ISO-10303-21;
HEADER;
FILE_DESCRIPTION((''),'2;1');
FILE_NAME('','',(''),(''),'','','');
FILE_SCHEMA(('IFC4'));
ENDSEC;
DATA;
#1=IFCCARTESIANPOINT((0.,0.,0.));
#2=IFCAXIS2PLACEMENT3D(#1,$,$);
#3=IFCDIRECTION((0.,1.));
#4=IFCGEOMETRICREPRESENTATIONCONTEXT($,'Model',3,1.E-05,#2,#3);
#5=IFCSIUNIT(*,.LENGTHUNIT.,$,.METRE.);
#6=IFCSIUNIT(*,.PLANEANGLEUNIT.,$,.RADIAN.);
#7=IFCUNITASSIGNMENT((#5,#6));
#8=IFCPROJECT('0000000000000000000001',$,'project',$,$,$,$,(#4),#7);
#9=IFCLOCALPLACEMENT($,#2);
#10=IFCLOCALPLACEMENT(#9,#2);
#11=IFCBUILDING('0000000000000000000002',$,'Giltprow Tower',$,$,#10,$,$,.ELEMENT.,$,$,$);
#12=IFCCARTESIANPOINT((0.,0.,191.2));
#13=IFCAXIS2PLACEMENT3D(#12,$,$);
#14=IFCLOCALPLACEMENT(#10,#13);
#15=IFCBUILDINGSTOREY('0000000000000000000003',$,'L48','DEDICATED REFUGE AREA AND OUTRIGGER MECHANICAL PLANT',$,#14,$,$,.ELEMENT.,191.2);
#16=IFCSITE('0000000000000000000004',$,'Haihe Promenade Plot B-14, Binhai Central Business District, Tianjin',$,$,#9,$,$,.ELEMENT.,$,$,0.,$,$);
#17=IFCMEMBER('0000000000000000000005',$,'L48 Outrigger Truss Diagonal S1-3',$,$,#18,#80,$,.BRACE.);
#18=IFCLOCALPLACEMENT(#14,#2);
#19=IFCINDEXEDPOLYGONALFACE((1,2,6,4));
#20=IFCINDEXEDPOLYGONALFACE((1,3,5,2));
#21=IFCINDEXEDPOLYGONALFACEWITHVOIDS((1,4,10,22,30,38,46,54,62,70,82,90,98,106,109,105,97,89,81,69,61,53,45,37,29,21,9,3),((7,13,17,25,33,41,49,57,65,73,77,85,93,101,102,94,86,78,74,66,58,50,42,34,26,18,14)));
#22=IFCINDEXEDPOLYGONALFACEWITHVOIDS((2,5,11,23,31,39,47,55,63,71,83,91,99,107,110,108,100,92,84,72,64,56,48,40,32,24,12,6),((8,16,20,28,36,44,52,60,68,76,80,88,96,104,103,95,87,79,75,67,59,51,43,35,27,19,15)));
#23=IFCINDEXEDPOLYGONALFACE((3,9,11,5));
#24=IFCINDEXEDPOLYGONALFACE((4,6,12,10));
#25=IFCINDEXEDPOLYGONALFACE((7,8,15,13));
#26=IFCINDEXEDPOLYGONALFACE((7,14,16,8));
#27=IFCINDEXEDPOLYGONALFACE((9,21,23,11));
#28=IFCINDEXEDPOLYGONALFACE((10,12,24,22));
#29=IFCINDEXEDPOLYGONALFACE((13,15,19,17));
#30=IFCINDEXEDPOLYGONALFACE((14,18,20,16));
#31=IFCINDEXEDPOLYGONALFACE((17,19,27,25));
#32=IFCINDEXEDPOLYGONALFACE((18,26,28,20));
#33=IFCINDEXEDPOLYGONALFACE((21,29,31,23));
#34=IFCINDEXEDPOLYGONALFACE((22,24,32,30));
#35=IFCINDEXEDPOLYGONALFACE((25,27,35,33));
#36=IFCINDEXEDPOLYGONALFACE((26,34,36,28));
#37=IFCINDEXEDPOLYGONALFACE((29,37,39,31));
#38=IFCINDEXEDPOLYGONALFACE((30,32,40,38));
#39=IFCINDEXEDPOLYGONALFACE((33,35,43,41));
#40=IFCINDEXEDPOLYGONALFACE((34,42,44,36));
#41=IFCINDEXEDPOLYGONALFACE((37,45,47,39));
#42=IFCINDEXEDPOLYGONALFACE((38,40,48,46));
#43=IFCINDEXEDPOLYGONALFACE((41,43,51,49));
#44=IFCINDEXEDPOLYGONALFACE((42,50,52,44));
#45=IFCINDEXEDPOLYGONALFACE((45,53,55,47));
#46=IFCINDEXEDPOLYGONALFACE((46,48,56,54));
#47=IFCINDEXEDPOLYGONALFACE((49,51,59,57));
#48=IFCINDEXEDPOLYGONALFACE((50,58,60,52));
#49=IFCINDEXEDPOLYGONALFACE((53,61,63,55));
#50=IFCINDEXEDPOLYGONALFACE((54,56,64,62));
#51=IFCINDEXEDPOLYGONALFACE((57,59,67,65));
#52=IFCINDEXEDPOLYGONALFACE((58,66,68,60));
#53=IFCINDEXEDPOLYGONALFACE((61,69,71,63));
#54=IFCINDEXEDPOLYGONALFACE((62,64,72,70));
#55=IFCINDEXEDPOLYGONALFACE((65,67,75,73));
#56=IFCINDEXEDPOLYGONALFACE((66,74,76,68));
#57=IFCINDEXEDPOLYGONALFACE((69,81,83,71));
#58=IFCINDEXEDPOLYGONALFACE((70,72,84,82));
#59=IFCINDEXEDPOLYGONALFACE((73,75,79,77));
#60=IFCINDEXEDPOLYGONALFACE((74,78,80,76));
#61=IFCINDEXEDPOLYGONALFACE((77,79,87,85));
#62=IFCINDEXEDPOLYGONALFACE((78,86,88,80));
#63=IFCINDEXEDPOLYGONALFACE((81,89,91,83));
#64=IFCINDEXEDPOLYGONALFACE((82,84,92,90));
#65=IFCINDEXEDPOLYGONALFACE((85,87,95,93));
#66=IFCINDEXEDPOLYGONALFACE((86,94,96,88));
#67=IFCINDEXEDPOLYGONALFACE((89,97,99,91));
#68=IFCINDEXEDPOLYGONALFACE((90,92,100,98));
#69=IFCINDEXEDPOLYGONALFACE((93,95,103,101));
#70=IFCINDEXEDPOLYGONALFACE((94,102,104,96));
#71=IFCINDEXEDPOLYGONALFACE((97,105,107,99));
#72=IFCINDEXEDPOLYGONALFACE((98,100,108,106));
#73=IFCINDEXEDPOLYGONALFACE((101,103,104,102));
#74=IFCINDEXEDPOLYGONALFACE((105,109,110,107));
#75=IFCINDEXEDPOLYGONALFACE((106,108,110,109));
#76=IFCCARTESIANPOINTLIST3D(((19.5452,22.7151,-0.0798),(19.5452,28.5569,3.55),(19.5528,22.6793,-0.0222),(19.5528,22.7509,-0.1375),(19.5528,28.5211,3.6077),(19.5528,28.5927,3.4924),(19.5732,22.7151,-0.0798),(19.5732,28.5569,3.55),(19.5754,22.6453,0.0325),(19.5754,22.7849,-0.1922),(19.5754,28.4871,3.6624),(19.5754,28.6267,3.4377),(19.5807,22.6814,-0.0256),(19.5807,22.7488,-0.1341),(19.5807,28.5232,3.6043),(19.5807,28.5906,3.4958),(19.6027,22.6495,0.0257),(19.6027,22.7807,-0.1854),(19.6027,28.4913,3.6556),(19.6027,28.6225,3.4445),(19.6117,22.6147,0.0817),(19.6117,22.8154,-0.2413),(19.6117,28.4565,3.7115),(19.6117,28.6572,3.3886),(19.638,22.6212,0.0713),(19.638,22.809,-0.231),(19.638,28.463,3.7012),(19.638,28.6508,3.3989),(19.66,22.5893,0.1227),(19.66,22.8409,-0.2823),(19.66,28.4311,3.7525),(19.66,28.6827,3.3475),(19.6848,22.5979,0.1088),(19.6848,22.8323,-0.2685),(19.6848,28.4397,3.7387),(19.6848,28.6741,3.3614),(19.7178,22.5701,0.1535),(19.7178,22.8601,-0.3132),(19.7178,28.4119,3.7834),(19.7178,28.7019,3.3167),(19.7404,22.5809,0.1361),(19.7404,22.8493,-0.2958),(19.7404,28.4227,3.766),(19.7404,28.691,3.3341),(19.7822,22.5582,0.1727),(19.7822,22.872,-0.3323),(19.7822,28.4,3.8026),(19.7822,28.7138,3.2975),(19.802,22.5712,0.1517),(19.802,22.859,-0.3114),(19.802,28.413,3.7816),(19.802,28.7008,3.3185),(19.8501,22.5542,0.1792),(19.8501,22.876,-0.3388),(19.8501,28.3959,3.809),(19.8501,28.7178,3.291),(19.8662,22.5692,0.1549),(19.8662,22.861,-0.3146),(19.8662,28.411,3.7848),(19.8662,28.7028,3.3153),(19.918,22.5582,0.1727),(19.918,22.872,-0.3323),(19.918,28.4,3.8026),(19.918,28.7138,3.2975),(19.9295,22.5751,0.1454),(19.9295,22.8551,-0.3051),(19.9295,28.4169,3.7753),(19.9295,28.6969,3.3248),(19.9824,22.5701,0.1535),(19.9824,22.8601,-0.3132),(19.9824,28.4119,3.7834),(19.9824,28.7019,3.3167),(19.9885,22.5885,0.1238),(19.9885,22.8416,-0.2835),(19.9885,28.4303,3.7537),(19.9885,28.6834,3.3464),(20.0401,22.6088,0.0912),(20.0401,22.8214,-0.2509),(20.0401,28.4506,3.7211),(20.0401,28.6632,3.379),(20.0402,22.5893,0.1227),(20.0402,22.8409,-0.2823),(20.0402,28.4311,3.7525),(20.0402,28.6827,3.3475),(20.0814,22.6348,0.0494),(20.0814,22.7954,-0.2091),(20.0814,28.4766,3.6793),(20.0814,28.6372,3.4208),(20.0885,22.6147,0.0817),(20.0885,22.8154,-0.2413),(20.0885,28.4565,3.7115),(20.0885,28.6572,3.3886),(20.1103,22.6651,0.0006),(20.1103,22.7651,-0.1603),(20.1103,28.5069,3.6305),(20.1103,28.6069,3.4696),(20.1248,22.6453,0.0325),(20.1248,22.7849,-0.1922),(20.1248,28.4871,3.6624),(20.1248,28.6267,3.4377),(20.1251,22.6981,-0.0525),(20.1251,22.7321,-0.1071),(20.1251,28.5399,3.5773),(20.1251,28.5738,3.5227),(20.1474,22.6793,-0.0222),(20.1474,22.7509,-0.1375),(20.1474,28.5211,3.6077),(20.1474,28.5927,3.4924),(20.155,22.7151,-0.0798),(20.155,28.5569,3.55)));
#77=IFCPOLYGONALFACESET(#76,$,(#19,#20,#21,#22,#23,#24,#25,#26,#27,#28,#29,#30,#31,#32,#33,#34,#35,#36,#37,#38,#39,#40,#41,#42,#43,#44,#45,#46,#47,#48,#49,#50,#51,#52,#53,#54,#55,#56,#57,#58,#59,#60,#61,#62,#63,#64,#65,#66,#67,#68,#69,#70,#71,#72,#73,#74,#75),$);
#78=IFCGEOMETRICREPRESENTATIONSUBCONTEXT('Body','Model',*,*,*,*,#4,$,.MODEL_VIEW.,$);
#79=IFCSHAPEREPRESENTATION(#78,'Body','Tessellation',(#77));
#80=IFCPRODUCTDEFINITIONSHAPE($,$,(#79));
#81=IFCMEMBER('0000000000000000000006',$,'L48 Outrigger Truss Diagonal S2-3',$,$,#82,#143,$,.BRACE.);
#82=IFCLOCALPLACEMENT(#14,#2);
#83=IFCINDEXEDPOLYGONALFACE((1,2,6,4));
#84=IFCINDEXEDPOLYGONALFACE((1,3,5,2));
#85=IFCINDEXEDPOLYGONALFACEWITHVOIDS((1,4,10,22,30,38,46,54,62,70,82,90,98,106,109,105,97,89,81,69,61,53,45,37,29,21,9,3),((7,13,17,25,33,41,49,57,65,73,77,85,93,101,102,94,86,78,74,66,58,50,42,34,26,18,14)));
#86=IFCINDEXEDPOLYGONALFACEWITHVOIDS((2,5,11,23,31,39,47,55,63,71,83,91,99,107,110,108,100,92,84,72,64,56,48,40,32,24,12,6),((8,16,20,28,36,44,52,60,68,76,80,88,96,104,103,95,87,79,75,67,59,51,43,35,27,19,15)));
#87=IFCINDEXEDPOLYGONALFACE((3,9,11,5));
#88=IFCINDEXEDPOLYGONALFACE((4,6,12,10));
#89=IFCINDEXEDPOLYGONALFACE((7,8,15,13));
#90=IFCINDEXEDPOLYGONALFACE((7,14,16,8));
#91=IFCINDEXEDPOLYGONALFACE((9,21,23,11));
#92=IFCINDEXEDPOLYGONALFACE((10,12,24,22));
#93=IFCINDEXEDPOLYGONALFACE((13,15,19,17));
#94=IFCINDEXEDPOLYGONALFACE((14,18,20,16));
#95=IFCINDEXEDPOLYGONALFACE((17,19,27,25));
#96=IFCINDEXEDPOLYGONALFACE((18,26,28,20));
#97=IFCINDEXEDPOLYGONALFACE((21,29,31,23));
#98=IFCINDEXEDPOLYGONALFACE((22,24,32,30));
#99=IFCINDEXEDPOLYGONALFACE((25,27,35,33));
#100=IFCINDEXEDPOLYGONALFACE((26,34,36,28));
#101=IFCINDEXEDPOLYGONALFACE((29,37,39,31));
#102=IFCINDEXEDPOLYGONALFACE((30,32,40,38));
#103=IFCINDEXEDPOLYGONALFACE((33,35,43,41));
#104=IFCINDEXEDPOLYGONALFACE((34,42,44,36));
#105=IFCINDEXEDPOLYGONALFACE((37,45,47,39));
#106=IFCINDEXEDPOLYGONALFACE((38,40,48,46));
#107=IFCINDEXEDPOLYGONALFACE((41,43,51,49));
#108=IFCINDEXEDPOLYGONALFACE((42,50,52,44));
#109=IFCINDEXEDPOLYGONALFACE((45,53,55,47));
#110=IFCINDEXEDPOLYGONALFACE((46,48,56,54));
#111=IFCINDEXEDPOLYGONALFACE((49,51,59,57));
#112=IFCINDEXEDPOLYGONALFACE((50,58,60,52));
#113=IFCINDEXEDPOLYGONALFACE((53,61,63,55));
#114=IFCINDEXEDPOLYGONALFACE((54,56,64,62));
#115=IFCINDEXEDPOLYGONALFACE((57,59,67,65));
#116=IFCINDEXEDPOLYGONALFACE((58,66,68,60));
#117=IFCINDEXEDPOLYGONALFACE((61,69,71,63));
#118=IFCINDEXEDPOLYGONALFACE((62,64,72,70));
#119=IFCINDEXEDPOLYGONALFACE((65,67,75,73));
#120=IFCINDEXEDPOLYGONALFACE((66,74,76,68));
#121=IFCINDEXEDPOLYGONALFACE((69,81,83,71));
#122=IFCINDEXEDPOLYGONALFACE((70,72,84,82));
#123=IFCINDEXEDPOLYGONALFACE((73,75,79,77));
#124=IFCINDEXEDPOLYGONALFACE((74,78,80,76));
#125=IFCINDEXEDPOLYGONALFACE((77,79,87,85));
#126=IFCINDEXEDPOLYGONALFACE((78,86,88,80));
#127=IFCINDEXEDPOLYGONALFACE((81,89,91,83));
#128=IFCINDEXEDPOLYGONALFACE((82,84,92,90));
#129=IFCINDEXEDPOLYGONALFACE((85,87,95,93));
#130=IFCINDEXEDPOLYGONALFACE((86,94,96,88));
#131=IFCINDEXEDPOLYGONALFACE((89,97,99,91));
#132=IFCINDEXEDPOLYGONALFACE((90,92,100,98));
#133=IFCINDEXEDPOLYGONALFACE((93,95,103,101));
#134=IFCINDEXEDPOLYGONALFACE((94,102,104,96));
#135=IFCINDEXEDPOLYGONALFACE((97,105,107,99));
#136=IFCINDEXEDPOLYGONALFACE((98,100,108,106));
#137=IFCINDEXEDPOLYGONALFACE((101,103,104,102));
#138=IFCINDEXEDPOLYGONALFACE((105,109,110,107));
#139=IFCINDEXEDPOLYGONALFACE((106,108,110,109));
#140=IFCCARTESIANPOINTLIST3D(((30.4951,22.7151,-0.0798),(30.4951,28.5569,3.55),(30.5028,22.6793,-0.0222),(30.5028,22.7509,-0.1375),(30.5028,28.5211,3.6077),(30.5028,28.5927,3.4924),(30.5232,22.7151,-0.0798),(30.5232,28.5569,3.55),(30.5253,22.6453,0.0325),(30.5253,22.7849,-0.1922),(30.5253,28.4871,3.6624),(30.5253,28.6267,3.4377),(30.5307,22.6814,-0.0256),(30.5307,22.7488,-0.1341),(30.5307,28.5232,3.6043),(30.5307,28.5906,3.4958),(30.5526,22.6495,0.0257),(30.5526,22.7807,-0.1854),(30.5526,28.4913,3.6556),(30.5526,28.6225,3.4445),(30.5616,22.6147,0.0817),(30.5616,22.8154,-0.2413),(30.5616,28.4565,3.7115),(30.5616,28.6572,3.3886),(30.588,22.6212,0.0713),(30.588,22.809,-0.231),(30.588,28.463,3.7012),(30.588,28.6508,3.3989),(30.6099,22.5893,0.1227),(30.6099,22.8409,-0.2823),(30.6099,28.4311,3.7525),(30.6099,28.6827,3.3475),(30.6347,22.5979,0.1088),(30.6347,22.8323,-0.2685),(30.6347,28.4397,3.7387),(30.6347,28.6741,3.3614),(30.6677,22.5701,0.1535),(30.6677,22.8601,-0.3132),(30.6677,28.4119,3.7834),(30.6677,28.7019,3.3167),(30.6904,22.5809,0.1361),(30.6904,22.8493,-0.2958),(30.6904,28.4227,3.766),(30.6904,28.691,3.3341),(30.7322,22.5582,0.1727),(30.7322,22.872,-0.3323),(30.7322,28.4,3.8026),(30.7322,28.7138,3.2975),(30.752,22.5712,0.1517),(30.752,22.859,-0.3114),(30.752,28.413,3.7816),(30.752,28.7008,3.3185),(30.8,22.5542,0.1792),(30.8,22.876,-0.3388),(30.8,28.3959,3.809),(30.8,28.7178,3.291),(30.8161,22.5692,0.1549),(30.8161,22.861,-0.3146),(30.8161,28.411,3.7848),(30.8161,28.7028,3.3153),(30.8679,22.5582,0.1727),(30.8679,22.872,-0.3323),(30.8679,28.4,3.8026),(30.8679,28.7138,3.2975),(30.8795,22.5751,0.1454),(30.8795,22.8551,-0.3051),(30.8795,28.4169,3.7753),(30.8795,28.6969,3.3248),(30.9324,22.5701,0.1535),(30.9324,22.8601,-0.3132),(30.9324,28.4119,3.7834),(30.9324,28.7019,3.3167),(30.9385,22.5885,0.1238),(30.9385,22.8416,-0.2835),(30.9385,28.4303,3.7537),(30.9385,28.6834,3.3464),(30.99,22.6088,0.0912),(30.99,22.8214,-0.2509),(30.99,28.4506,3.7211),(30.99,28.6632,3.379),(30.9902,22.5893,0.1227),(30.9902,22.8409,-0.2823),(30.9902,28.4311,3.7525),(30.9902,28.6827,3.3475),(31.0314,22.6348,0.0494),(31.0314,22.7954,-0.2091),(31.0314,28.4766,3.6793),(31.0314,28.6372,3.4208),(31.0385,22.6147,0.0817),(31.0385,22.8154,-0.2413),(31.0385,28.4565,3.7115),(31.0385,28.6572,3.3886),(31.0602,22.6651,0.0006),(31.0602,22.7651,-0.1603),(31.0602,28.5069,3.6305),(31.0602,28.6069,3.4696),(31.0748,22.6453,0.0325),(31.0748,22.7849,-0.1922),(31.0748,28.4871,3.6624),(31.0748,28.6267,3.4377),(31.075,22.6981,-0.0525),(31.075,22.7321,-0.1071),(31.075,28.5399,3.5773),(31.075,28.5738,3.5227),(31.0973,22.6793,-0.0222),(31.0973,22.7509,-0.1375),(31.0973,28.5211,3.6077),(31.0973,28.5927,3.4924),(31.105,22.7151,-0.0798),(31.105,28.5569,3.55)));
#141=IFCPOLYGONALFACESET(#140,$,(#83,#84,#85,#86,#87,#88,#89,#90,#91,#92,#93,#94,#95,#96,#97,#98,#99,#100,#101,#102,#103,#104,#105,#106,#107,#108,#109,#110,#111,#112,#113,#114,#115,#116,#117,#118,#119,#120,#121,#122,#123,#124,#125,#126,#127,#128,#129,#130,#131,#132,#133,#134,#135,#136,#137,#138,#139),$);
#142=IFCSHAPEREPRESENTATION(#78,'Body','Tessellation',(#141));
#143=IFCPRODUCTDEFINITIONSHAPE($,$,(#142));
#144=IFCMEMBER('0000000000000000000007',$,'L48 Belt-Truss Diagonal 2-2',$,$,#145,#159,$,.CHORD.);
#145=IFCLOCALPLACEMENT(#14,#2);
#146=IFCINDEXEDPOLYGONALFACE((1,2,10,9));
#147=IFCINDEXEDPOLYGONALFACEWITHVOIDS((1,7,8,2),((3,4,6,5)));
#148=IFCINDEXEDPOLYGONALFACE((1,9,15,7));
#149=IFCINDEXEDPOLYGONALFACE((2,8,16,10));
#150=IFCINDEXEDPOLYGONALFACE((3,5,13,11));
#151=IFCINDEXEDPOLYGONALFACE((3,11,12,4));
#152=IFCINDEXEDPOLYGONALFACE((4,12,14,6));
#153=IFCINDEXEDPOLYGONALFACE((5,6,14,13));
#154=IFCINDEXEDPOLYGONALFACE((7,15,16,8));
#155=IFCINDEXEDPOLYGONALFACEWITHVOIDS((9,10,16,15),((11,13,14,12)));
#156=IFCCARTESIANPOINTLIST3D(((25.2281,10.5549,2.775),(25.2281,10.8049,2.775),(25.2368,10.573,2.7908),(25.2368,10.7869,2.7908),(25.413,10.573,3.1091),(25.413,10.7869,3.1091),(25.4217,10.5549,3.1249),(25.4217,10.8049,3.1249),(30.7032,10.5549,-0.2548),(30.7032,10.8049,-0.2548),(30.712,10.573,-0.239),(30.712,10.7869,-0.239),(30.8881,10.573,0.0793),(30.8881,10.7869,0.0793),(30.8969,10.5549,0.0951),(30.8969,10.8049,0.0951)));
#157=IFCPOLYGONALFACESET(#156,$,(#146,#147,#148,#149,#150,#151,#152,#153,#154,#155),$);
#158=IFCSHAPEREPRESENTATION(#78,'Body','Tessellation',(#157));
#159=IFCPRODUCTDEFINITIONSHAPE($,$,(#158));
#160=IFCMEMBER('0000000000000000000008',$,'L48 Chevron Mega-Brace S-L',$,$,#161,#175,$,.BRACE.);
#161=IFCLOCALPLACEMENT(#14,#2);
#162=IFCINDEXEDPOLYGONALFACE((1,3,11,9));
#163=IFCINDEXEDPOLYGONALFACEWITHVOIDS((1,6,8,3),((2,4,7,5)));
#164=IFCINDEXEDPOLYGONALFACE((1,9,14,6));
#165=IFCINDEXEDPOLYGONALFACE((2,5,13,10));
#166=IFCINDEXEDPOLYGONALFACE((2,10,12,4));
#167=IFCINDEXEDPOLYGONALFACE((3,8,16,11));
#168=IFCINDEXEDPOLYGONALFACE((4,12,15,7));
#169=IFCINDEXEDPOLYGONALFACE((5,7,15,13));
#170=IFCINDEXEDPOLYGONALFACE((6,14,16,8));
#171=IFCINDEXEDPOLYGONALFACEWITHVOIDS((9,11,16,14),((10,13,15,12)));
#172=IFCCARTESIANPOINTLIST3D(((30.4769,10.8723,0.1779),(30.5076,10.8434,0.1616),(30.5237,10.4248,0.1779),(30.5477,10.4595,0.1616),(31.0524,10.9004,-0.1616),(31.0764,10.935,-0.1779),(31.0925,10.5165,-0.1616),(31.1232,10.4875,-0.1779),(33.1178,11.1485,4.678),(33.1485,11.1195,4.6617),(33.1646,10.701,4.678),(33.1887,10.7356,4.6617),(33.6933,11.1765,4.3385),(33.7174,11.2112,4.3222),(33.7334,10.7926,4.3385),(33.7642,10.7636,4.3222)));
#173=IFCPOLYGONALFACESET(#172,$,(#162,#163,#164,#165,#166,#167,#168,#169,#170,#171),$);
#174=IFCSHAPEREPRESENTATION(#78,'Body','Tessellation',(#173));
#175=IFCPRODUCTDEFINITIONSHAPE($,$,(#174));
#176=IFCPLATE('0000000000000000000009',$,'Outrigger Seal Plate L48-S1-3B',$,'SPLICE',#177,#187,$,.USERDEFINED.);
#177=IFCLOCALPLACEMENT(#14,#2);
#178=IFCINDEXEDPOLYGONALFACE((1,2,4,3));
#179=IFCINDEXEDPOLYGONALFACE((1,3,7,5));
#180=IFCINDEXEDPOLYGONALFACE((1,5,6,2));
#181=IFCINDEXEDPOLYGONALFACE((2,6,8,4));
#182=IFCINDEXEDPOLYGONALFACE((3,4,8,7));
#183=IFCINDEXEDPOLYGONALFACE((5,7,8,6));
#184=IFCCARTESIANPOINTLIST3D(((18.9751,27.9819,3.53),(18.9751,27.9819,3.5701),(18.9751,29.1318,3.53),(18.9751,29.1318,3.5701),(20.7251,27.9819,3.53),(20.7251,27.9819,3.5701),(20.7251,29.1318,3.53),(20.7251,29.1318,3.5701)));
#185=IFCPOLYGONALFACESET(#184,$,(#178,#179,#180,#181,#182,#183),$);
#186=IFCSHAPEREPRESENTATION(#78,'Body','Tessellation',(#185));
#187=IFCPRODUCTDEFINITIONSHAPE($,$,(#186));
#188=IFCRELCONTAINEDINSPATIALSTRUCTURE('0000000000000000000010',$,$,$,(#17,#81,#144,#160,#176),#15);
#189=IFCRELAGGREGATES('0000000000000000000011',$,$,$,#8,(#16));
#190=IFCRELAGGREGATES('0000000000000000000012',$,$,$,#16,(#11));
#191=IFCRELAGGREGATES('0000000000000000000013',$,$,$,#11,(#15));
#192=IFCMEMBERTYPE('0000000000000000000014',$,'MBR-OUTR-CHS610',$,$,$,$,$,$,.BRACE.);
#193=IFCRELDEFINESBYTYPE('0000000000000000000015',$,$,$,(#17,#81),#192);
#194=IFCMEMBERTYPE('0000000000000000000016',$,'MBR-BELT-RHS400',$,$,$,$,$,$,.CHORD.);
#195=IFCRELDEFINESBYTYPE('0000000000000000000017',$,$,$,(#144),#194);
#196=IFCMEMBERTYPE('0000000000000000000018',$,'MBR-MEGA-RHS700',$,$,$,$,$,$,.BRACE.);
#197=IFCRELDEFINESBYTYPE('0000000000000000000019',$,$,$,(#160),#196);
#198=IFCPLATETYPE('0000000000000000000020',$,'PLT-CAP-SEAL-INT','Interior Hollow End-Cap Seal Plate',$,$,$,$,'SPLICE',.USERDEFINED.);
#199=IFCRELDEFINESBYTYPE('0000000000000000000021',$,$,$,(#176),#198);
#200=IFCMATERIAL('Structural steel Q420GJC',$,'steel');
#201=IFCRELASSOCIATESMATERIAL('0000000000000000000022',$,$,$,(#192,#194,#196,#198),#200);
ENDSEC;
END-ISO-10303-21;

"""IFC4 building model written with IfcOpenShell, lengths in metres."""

from ifc_helpers import new_model, si_unit, direction, frame, origin, origin_2d, place, context, subcontext, project, spatial, rectangle, hollow_rectangle, hollow_circle, extrude, source, transform, mapped, material, material_profile, profile_set, type_object, element, save


model = new_model("IFC4")

# Units and contexts
model_context = context("Model", 3, precision=1e-05, world=origin(), true_north=direction((0.0, 1.0)))
body_context = subcontext(model_context, "Body", "Model", "MODEL_VIEW")
ifc_project = project(units=[si_unit("LENGTHUNIT", "METRE"), si_unit("PLANEANGLEUNIT", "RADIAN")], contexts=[model_context])

# Site, building, storey
site_placement = place(None, origin())
site = spatial("IfcSite", under=ifc_project, at=site_placement, Name="Haihe Promenade Plot B-14, Binhai Central Business District, Tianjin", CompositionType="ELEMENT", RefElevation=0.0)
building_placement = place(site_placement, origin())
building = spatial("IfcBuilding", under=site, at=building_placement, Name="Giltprow Tower", CompositionType="ELEMENT")
storey_placement = place(building_placement, frame((0.0, 0.0, 191.2)))
storey = spatial("IfcBuildingStorey", under=building, at=storey_placement, Name="L48", Description="DEDICATED REFUGE AREA AND OUTRIGGER MECHANICAL PLANT", CompositionType="ELEMENT", Elevation=191.2)

# Shared definitions
ifc_material_1 = material(Name="Structural steel Q420GJC", Category="steel")

# Members
ifc_material_profile_1 = material_profile(ifc_material_1, hollow_circle(Radius=0.3049, WallThickness=0.0281, at=origin_2d()), Name="CHS 610x28")
ifc_profile_set_1 = profile_set([ifc_material_profile_1], Name="Structural steel Q420GJC")
member_type_1 = type_object("IfcMemberType", Name="MBR-OUTR-CHS610", PredefinedType="BRACE", material=ifc_profile_set_1)
shared_shape_1 = source(origin(), body_context, "Body", "SweptSolid", [
    extrude(hollow_circle(Radius=0.3049, WallThickness=0.0281, at=origin_2d()), origin(), (0.0, 0.0, 1.0), 6.8777),
])
for number, where, z_axis, x_axis, name in (
    (1, (19.8501, 22.7151, -0.0798), (0.0, 0.849383, 0.527776), (-1.0, 0.0, 0.0), "L48 Outrigger Truss Diagonal S1-3"),
    (2, (30.8, 22.7151, -0.0798), (0.0, 0.849383, 0.527776), (-1.0, 0.0, 0.0), "L48 Outrigger Truss Diagonal S2-3"),
):
    element("IfcMember", number, at=place(storey_placement, frame(where, z_axis=z_axis, x_axis=x_axis)), inside=storey, type_object=member_type_1, Name=name, PredefinedType="BRACE", context=body_context, shape_type="MappedRepresentation", body=[
        mapped(shared_shape_1, transform((0.0, 0.0, 0.0), x_axis=(1.0, 0.0, 0.0), y_axis=(0.0, 1.0, 0.0), z_axis=(0.0, 0.0, 1.0), scale=1.0)),
    ])
ifc_material_profile_2 = material_profile(ifc_material_1, hollow_rectangle(XDim=0.25, YDim=0.3999, WallThickness=0.0181, at=origin_2d()), Name="RHS 400x250x18")
ifc_profile_set_2 = profile_set([ifc_material_profile_2], Name="Structural steel Q420GJC")
member_type_2 = type_object("IfcMemberType", Name="MBR-BELT-RHS400", PredefinedType="CHORD", material=ifc_profile_set_2)
shared_shape_2 = source(origin(), body_context, "Body", "SweptSolid", [
    extrude(hollow_rectangle(XDim=0.25, YDim=0.3999, WallThickness=0.0181, at=origin_2d()), origin(), (0.0, 0.0, 1.0), 6.2576),
])
member_1_placement = place(storey_placement, frame((30.8, 10.6799, -0.0798), z_axis=(-0.874966, 0.0, 0.484185), x_axis=(0.0, -1.0, 0.0)))
element("IfcMember", 3, at=member_1_placement, inside=storey, type_object=member_type_2, Name="L48 Belt-Truss Diagonal 2-2", PredefinedType="CHORD", context=body_context, shape_type="MappedRepresentation", body=[
    mapped(shared_shape_2, transform((0.0, 0.0, 0.0), x_axis=(1.0, 0.0, 0.0), y_axis=(0.0, 1.0, 0.0), z_axis=(0.0, 0.0, 1.0), scale=1.0)),
])
ifc_material_profile_3 = material_profile(ifc_material_1, hollow_rectangle(XDim=0.45, YDim=0.7, WallThickness=0.032, at=origin_2d()), Name="RHS 700x450x32")
ifc_profile_set_3 = profile_set([ifc_material_profile_3], Name="Structural steel Q420GJC")
member_type_3 = type_object("IfcMemberType", Name="MBR-MEGA-RHS700", PredefinedType="BRACE", material=ifc_profile_set_3)
shared_shape_3 = source(origin(), body_context, "Body", "SweptSolid", [
    extrude(hollow_rectangle(XDim=0.45, YDim=0.7, WallThickness=0.032, at=origin_2d()), origin(), (0.0, 0.0, 1.0), 5.2251),
])
member_2_placement = place(storey_placement, frame((30.8, 10.6799, 0.0), z_axis=(0.505431, 0.052847, 0.861247), x_axis=(-0.103991, 0.994578, 0.0)))
element("IfcMember", 4, at=member_2_placement, inside=storey, type_object=member_type_3, Name="L48 Chevron Mega-Brace S-L", PredefinedType="BRACE", context=body_context, shape_type="MappedRepresentation", body=[
    mapped(shared_shape_3, transform((0.0, 0.0, 0.0), x_axis=(1.0, 0.0, 0.0), y_axis=(0.0, 1.0, 0.0), z_axis=(0.0, 0.0, 1.0), scale=1.0)),
])

# Plate
plate_type_1 = type_object("IfcPlateType", Name="PLT-CAP-SEAL-INT", Description="Interior Hollow End-Cap Seal Plate", ElementType="SPLICE", PredefinedType="USERDEFINED", material=ifc_material_1)
shared_shape_4 = source(origin(), body_context, "Body", "SweptSolid", [
    extrude(rectangle(XDim=1.75, YDim=1.1499, at=origin_2d()), origin(), (0.0, 0.0, 1.0), 0.04),
])
for number, where, z_axis, x_axis, name in (
    (5, (19.8501, 28.5569, 3.53), (0.0, 0.0, 1.0), (1.0, 0.0, 0.0), "Outrigger Seal Plate L48-S1-3B"),
):
    element("IfcPlate", number, at=place(storey_placement, frame(where, z_axis=z_axis, x_axis=x_axis)), inside=storey, type_object=plate_type_1, Name=name, ObjectType="SPLICE", PredefinedType="USERDEFINED", context=body_context, shape_type="MappedRepresentation", body=[
        mapped(shared_shape_4, transform((0.0, 0.0, 0.0), x_axis=(1.0, 0.0, 0.0), y_axis=(0.0, 1.0, 0.0), z_axis=(0.0, 0.0, 1.0), scale=1.0)),
    ])

save(model, "model.ifc")
